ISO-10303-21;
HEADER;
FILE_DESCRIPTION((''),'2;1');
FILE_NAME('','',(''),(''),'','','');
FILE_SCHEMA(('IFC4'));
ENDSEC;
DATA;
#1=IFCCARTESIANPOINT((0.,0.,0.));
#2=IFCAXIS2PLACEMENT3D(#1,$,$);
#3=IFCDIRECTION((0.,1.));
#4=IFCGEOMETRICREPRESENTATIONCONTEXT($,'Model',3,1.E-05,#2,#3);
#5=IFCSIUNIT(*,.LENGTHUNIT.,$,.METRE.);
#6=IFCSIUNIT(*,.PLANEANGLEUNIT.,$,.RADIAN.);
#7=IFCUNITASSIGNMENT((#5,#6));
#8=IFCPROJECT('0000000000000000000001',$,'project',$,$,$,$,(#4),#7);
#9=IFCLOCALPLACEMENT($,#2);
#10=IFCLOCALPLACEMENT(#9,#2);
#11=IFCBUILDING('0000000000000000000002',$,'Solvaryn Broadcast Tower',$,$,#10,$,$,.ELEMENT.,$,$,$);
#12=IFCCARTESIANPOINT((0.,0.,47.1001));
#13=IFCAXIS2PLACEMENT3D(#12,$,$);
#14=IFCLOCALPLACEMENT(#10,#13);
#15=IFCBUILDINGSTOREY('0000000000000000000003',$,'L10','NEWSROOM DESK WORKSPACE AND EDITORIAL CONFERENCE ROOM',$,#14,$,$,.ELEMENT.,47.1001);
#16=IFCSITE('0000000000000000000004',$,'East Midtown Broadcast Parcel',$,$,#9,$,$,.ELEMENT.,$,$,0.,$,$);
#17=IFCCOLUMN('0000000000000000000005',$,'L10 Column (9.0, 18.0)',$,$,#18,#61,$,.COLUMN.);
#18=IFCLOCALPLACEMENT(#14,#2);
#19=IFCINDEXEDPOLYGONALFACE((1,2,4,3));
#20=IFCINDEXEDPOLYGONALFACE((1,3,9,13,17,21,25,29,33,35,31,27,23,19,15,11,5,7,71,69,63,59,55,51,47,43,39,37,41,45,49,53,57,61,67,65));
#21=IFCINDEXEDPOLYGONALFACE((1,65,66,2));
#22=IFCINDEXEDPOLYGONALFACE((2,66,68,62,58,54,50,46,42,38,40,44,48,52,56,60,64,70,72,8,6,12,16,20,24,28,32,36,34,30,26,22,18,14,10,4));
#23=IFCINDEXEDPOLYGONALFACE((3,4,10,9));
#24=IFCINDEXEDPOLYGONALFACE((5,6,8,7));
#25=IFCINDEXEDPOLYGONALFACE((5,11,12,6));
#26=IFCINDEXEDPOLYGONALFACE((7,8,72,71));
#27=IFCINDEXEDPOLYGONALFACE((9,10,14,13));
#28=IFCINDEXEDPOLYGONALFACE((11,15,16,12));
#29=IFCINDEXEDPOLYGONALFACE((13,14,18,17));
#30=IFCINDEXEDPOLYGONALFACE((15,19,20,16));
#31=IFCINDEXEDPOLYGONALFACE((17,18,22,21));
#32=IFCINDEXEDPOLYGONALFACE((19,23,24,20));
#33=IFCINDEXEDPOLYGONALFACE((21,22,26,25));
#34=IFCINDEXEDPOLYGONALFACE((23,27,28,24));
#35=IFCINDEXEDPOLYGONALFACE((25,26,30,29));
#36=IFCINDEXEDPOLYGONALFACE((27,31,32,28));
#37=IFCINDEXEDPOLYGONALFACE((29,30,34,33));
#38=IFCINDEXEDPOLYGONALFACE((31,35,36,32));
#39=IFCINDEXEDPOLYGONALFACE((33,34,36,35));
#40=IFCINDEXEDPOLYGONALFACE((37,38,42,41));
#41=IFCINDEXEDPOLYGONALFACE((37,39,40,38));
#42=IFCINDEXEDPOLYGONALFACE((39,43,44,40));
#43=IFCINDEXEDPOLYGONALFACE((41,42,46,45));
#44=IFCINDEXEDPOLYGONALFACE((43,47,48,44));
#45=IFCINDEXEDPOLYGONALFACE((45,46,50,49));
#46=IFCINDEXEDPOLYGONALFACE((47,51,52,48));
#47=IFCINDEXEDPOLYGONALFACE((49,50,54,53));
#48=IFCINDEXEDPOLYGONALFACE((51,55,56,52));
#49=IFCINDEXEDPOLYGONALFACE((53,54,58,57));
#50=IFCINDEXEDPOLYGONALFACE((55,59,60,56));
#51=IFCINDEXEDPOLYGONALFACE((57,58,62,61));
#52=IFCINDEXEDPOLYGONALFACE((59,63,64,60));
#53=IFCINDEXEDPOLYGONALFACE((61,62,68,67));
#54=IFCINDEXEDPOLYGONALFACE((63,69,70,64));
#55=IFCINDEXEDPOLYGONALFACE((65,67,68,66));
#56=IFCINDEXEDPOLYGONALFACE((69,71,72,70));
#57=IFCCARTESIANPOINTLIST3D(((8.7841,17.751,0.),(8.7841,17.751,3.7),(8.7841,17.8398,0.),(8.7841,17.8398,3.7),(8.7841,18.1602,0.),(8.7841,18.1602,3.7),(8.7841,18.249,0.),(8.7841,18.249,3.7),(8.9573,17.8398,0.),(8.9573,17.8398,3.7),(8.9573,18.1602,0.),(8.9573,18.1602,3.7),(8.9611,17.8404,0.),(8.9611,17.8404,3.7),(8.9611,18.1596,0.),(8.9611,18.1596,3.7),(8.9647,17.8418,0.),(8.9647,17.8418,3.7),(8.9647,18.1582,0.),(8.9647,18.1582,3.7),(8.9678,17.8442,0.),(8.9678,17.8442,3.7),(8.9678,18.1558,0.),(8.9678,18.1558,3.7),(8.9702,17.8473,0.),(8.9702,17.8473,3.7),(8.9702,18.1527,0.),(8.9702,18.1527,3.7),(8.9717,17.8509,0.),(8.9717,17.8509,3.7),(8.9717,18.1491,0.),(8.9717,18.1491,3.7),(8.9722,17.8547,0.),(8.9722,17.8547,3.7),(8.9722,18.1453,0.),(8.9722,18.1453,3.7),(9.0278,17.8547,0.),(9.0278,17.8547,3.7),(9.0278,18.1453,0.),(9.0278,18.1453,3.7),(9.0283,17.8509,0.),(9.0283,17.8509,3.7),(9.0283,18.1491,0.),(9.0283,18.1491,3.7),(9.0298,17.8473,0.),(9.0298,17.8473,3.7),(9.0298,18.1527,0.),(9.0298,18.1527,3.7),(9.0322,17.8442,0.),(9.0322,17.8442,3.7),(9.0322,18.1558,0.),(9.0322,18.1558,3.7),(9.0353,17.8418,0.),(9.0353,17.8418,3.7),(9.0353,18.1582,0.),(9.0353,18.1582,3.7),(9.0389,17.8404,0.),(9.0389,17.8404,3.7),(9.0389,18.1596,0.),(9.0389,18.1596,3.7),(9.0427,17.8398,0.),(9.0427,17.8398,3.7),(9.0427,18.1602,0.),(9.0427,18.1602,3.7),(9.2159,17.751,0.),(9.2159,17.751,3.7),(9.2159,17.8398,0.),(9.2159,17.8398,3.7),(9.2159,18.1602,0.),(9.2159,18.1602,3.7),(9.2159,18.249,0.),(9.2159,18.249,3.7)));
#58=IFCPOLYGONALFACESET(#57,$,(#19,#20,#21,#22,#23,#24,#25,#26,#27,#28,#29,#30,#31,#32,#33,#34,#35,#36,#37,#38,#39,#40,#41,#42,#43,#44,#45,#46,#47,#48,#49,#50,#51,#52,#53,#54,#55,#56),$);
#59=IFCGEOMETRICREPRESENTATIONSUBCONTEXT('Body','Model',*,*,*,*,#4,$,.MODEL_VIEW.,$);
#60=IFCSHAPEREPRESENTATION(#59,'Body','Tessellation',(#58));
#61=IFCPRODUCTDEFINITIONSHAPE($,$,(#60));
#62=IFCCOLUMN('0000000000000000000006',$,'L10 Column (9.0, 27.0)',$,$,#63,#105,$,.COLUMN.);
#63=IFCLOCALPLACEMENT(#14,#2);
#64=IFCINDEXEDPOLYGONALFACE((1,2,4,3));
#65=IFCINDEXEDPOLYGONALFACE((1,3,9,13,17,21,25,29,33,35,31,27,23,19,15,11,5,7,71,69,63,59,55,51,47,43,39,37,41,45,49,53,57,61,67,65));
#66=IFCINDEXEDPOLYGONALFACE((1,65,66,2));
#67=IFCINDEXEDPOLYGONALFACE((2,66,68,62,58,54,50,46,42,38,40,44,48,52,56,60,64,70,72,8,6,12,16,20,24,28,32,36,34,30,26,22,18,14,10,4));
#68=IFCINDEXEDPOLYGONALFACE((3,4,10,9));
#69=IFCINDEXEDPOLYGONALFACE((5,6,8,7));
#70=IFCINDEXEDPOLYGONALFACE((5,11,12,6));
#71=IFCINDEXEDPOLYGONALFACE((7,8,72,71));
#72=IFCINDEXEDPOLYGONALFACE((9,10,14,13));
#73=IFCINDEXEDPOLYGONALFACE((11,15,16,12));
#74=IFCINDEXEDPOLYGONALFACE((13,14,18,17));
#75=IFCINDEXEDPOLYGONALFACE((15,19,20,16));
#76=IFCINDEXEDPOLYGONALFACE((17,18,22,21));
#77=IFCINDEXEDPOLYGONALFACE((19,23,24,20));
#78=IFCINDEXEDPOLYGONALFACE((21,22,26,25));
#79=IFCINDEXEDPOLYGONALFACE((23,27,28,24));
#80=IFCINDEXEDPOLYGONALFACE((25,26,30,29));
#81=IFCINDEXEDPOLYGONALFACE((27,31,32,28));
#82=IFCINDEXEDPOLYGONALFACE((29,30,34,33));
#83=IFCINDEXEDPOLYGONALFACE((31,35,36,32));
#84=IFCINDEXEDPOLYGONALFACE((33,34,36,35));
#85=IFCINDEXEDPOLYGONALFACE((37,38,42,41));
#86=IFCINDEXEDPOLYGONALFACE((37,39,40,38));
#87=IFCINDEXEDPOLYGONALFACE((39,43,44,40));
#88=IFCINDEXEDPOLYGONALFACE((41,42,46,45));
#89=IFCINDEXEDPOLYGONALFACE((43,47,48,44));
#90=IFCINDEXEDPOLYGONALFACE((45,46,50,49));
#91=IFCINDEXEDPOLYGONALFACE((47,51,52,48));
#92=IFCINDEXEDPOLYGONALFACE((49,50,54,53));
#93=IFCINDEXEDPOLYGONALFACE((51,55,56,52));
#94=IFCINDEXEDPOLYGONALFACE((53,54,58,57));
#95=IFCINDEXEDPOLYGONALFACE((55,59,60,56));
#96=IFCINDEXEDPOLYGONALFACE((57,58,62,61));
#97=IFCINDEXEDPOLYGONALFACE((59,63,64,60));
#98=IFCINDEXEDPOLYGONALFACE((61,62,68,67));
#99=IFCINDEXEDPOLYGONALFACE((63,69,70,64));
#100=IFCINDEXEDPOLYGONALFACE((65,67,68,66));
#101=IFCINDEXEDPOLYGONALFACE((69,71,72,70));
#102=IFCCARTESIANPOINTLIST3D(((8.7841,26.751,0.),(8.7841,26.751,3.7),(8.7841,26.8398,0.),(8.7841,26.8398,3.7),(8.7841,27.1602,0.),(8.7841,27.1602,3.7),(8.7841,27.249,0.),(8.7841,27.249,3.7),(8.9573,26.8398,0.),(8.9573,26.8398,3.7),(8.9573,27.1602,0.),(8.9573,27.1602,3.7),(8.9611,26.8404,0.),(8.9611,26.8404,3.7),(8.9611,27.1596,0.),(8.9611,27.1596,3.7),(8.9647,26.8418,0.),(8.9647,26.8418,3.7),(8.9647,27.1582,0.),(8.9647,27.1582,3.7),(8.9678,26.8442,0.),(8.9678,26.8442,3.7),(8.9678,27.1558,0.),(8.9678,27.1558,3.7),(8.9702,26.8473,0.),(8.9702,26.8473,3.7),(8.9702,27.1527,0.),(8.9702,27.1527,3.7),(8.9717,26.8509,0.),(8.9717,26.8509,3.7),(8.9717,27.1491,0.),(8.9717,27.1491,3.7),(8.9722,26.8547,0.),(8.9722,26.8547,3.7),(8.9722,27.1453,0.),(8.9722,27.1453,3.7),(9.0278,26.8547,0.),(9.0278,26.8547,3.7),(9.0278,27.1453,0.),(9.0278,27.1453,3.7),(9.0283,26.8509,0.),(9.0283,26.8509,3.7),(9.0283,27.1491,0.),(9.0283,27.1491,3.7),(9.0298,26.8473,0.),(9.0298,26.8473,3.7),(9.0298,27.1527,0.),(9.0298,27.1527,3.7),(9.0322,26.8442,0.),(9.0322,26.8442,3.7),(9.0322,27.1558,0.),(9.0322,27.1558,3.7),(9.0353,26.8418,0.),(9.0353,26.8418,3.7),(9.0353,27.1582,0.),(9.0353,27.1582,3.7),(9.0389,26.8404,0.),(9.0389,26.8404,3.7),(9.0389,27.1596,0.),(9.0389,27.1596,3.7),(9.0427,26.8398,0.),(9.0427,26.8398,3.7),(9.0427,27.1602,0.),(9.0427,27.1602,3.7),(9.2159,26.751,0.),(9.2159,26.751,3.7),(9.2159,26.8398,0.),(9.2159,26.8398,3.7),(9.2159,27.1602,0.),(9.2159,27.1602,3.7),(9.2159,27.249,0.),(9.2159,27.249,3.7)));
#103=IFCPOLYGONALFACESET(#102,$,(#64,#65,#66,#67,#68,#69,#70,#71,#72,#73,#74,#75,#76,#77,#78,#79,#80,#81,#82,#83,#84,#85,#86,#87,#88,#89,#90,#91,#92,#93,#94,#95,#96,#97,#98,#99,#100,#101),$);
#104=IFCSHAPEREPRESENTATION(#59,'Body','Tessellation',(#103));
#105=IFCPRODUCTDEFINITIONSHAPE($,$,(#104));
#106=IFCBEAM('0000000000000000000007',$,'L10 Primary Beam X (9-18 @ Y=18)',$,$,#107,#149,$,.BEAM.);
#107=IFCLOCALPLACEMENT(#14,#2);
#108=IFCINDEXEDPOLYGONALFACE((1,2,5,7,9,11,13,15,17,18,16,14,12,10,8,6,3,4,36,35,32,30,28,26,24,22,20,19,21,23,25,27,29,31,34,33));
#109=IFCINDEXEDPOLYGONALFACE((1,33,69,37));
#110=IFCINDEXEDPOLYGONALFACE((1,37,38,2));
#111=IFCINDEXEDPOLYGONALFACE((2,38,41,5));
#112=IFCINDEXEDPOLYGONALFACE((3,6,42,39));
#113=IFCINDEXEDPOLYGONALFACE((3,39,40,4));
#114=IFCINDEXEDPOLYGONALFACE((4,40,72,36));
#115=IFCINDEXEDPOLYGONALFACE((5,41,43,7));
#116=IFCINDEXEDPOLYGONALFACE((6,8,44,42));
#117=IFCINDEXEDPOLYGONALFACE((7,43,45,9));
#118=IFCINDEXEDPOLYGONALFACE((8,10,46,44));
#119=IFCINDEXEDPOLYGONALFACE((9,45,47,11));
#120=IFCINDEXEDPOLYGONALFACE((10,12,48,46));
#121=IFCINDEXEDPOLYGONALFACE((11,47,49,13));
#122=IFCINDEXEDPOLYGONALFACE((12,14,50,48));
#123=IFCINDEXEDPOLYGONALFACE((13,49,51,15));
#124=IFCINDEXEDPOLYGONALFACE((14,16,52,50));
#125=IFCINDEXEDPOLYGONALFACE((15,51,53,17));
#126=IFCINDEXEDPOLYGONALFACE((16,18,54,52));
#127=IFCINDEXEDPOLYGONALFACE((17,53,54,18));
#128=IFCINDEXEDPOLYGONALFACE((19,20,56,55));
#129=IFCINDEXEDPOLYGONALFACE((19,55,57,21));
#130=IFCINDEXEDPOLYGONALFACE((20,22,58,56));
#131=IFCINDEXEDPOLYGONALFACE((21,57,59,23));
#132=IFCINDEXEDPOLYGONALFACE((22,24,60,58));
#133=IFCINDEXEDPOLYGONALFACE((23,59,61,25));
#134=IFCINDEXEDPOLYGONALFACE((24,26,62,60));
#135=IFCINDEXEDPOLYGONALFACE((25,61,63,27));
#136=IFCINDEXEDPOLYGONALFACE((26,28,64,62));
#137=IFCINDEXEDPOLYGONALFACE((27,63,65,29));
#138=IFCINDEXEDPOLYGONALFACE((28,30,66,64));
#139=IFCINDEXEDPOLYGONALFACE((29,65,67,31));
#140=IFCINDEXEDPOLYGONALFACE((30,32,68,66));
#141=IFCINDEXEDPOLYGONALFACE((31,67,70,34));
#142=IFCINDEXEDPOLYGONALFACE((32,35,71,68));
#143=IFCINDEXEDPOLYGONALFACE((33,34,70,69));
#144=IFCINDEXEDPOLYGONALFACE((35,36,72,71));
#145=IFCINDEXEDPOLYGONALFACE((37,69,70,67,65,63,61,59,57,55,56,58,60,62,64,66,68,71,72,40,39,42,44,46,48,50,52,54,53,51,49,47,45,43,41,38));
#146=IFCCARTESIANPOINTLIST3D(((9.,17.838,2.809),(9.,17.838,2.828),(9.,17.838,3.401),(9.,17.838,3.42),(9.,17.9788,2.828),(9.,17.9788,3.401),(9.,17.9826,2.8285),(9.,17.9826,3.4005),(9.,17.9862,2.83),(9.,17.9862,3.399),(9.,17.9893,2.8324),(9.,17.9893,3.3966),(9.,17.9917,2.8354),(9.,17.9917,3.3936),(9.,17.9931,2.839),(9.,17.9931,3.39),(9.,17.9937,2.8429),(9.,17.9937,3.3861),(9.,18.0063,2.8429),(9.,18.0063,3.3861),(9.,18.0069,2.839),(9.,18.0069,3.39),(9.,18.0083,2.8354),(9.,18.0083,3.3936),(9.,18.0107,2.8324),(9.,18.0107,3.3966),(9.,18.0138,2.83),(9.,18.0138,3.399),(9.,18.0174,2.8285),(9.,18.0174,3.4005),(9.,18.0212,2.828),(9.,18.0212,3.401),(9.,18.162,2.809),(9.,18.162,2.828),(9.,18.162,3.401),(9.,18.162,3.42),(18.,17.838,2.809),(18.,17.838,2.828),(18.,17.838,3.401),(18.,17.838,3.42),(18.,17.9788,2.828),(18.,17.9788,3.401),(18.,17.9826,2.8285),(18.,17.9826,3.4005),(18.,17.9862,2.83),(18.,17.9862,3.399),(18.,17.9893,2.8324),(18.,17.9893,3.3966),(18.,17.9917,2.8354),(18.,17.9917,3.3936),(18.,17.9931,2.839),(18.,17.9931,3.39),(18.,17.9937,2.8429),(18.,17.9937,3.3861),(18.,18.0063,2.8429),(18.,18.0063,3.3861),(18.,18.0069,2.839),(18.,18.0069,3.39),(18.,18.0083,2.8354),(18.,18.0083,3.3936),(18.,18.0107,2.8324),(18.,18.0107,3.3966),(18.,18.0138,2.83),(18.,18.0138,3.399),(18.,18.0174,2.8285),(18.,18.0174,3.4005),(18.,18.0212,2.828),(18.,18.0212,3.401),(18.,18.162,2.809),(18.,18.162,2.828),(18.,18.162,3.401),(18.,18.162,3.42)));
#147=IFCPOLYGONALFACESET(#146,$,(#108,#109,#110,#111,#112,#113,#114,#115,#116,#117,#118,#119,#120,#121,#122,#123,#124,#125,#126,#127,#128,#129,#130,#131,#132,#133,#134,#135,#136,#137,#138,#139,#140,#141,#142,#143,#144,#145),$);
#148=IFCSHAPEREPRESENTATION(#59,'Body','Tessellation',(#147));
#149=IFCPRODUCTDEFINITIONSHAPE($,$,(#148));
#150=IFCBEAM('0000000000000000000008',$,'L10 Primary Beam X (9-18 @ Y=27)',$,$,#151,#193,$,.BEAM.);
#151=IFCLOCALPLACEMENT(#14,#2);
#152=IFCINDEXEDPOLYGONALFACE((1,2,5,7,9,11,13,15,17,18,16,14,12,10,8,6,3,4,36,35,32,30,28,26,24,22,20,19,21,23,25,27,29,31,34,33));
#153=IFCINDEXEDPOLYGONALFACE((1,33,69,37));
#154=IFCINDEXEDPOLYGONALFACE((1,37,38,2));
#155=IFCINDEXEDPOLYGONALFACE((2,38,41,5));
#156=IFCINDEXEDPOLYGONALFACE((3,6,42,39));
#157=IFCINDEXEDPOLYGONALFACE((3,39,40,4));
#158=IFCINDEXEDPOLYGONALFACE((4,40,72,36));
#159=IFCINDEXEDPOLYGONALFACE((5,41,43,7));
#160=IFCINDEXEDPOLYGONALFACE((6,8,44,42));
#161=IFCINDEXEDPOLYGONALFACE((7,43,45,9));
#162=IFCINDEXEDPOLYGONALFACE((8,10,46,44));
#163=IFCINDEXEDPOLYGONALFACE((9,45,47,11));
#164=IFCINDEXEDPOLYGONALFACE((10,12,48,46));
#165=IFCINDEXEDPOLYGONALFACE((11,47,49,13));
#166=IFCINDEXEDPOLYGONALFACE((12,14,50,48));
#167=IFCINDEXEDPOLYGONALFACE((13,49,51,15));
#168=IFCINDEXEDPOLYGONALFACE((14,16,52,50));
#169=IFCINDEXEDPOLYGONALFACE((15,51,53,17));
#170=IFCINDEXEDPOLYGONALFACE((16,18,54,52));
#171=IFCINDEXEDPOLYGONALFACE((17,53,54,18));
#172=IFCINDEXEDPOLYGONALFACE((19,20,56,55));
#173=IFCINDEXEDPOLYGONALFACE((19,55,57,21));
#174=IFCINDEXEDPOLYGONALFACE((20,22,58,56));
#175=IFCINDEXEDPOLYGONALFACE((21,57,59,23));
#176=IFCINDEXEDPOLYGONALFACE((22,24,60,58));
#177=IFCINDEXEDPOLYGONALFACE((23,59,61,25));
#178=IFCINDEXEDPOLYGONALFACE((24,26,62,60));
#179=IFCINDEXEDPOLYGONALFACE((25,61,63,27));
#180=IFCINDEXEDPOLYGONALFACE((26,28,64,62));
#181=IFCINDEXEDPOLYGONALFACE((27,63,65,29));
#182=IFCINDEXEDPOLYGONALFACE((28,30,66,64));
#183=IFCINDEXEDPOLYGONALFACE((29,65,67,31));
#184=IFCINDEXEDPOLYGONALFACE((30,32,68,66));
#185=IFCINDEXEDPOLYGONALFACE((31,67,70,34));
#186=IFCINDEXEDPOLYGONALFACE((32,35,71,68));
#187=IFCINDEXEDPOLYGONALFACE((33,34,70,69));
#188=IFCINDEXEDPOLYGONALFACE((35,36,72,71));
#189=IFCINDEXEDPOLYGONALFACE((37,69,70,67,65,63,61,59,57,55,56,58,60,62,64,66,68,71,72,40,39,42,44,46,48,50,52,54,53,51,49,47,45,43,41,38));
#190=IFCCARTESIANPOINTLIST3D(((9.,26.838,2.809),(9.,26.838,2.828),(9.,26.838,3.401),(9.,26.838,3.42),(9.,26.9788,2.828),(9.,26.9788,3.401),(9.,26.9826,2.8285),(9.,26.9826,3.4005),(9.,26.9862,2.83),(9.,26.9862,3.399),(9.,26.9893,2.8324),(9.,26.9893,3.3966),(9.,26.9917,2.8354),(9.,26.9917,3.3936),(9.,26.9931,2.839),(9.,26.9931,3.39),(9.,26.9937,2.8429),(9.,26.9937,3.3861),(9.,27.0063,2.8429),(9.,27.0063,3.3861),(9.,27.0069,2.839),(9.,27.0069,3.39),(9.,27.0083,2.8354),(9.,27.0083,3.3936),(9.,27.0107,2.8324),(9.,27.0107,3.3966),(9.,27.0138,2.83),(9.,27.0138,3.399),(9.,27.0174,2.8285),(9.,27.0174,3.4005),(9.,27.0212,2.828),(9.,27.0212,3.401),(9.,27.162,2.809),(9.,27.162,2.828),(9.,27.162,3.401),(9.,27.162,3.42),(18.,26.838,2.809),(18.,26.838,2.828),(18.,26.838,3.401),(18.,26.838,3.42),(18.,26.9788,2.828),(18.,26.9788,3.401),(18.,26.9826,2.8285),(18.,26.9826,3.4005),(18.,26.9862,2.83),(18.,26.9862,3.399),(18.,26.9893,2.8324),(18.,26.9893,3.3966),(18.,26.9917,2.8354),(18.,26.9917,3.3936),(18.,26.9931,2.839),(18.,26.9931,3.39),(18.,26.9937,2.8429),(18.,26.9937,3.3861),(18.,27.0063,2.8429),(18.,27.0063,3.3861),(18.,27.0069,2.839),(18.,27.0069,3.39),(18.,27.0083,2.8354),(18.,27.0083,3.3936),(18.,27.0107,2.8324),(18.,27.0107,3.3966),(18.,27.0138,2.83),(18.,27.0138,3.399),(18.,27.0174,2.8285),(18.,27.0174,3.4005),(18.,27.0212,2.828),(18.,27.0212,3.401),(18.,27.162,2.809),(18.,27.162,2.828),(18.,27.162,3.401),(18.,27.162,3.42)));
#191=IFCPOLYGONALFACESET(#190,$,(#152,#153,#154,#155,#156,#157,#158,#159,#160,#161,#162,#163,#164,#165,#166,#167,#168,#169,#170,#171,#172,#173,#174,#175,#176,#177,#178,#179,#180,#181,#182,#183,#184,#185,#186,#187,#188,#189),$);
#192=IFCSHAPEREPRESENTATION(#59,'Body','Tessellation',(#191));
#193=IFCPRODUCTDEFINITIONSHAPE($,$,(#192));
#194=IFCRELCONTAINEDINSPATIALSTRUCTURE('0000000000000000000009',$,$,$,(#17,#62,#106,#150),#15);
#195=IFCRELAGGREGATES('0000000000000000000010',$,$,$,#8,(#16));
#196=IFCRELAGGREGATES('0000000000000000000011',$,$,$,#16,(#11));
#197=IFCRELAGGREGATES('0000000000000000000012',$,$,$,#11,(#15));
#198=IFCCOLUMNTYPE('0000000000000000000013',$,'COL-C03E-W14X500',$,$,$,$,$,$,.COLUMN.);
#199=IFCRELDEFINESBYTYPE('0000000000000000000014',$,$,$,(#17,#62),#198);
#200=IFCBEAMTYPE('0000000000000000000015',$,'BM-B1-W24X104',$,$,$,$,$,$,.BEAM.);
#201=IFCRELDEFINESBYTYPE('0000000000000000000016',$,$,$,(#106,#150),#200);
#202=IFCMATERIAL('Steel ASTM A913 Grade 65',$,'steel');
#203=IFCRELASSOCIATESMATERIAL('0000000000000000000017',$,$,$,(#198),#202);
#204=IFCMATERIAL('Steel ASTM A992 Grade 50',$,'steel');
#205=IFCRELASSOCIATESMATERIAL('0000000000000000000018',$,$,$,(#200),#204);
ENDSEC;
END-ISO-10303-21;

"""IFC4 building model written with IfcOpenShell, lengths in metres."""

from ifc_helpers import new_model, si_unit, direction, frame, origin, origin_2d, place, context, subcontext, project, spatial, i_section, extrude, material, material_profile, profile_set, type_object, element, save


model = new_model("IFC4")

# Units and contexts
model_context = context("Model", 3, precision=1e-05, world=origin(), true_north=direction((0.0, 1.0)))
body_context = subcontext(model_context, "Body", "Model", "MODEL_VIEW")
ifc_project = project(units=[si_unit("LENGTHUNIT", "METRE"), si_unit("PLANEANGLEUNIT", "RADIAN")], contexts=[model_context])

# Site, building, storey
site_placement = place(None, origin())
site = spatial("IfcSite", under=ifc_project, at=site_placement, Name="East Midtown Broadcast Parcel", CompositionType="ELEMENT", RefElevation=0.0)
building_placement = place(site_placement, origin())
building = spatial("IfcBuilding", under=site, at=building_placement, Name="Solvaryn Broadcast Tower", CompositionType="ELEMENT")
storey_placement = place(building_placement, frame((0.0, 0.0, 47.1001)))
storey = spatial("IfcBuildingStorey", under=building, at=storey_placement, Name="L10", Description="NEWSROOM DESK WORKSPACE AND EDITORIAL CONFERENCE ROOM", CompositionType="ELEMENT", Elevation=47.1001)

# Columns
ifc_material_1 = material(Name="Steel ASTM A913 Grade 65", Category="steel")
ifc_material_profile_1 = material_profile(ifc_material_1, i_section(OverallWidth=0.4319, OverallDepth=0.498, WebThickness=0.0557, FlangeThickness=0.0889, FilletRadius=0.0149, at=origin_2d()))
ifc_profile_set_1 = profile_set([ifc_material_profile_1], Name="Steel ASTM A913 Grade 65")
column_type = type_object("IfcColumnType", Name="COL-C03E-W14X500", PredefinedType="COLUMN", material=ifc_profile_set_1)
for number, where, z_axis, x_axis, name in (
    (1, (9.0, 18.0, 0.0), (0.0, 0.0, 1.0), (1.0, 0.0, 0.0), "L10 Column (9.0, 18.0)"),
    (2, (9.0, 27.0, 0.0), (0.0, 0.0, 1.0), (1.0, 0.0, 0.0), "L10 Column (9.0, 27.0)"),
):
    element("IfcColumn", number, at=place(storey_placement, frame(where, z_axis=z_axis, x_axis=x_axis)), inside=storey, type_object=column_type, Name=name, PredefinedType="COLUMN", context=body_context, shape_type="SweptSolid", body=[
        extrude(i_section(OverallWidth=0.4319, OverallDepth=0.498, WebThickness=0.0557, FlangeThickness=0.0889, FilletRadius=0.0149, at=origin_2d()), origin(), (0.0, 0.0, 1.0), 3.7),
    ])

# Beams
ifc_material_2 = material(Name="Steel ASTM A992 Grade 50", Category="steel")
ifc_material_profile_2 = material_profile(ifc_material_2, i_section(OverallWidth=0.324, OverallDepth=0.6111, WebThickness=0.0127, FlangeThickness=0.019, FilletRadius=0.0149, at=origin_2d()))
ifc_profile_set_2 = profile_set([ifc_material_profile_2], Name="Steel ASTM A992 Grade 50")
beam_type_1 = type_object("IfcBeamType", Name="BM-B1-W24X104", PredefinedType="BEAM", material=ifc_profile_set_2)
for number, where, z_axis, x_axis, name in (
    (3, (9.0, 18.0, 3.1145), (1.0, 0.0, 0.0), (0.0, 1.0, 0.0), "L10 Primary Beam X (9-18 @ Y=18)"),
    (4, (9.0, 27.0, 3.1145), (1.0, 0.0, 0.0), (0.0, 1.0, 0.0), "L10 Primary Beam X (9-18 @ Y=27)"),
):
    element("IfcBeam", number, at=place(storey_placement, frame(where, z_axis=z_axis, x_axis=x_axis)), inside=storey, type_object=beam_type_1, Name=name, PredefinedType="BEAM", context=body_context, shape_type="SweptSolid", body=[
        extrude(i_section(OverallWidth=0.324, OverallDepth=0.6111, WebThickness=0.0127, FlangeThickness=0.019, FilletRadius=0.0149, at=origin_2d()), origin(), (0.0, 0.0, 1.0), 9.0),
    ])

save(model, "model.ifc")
